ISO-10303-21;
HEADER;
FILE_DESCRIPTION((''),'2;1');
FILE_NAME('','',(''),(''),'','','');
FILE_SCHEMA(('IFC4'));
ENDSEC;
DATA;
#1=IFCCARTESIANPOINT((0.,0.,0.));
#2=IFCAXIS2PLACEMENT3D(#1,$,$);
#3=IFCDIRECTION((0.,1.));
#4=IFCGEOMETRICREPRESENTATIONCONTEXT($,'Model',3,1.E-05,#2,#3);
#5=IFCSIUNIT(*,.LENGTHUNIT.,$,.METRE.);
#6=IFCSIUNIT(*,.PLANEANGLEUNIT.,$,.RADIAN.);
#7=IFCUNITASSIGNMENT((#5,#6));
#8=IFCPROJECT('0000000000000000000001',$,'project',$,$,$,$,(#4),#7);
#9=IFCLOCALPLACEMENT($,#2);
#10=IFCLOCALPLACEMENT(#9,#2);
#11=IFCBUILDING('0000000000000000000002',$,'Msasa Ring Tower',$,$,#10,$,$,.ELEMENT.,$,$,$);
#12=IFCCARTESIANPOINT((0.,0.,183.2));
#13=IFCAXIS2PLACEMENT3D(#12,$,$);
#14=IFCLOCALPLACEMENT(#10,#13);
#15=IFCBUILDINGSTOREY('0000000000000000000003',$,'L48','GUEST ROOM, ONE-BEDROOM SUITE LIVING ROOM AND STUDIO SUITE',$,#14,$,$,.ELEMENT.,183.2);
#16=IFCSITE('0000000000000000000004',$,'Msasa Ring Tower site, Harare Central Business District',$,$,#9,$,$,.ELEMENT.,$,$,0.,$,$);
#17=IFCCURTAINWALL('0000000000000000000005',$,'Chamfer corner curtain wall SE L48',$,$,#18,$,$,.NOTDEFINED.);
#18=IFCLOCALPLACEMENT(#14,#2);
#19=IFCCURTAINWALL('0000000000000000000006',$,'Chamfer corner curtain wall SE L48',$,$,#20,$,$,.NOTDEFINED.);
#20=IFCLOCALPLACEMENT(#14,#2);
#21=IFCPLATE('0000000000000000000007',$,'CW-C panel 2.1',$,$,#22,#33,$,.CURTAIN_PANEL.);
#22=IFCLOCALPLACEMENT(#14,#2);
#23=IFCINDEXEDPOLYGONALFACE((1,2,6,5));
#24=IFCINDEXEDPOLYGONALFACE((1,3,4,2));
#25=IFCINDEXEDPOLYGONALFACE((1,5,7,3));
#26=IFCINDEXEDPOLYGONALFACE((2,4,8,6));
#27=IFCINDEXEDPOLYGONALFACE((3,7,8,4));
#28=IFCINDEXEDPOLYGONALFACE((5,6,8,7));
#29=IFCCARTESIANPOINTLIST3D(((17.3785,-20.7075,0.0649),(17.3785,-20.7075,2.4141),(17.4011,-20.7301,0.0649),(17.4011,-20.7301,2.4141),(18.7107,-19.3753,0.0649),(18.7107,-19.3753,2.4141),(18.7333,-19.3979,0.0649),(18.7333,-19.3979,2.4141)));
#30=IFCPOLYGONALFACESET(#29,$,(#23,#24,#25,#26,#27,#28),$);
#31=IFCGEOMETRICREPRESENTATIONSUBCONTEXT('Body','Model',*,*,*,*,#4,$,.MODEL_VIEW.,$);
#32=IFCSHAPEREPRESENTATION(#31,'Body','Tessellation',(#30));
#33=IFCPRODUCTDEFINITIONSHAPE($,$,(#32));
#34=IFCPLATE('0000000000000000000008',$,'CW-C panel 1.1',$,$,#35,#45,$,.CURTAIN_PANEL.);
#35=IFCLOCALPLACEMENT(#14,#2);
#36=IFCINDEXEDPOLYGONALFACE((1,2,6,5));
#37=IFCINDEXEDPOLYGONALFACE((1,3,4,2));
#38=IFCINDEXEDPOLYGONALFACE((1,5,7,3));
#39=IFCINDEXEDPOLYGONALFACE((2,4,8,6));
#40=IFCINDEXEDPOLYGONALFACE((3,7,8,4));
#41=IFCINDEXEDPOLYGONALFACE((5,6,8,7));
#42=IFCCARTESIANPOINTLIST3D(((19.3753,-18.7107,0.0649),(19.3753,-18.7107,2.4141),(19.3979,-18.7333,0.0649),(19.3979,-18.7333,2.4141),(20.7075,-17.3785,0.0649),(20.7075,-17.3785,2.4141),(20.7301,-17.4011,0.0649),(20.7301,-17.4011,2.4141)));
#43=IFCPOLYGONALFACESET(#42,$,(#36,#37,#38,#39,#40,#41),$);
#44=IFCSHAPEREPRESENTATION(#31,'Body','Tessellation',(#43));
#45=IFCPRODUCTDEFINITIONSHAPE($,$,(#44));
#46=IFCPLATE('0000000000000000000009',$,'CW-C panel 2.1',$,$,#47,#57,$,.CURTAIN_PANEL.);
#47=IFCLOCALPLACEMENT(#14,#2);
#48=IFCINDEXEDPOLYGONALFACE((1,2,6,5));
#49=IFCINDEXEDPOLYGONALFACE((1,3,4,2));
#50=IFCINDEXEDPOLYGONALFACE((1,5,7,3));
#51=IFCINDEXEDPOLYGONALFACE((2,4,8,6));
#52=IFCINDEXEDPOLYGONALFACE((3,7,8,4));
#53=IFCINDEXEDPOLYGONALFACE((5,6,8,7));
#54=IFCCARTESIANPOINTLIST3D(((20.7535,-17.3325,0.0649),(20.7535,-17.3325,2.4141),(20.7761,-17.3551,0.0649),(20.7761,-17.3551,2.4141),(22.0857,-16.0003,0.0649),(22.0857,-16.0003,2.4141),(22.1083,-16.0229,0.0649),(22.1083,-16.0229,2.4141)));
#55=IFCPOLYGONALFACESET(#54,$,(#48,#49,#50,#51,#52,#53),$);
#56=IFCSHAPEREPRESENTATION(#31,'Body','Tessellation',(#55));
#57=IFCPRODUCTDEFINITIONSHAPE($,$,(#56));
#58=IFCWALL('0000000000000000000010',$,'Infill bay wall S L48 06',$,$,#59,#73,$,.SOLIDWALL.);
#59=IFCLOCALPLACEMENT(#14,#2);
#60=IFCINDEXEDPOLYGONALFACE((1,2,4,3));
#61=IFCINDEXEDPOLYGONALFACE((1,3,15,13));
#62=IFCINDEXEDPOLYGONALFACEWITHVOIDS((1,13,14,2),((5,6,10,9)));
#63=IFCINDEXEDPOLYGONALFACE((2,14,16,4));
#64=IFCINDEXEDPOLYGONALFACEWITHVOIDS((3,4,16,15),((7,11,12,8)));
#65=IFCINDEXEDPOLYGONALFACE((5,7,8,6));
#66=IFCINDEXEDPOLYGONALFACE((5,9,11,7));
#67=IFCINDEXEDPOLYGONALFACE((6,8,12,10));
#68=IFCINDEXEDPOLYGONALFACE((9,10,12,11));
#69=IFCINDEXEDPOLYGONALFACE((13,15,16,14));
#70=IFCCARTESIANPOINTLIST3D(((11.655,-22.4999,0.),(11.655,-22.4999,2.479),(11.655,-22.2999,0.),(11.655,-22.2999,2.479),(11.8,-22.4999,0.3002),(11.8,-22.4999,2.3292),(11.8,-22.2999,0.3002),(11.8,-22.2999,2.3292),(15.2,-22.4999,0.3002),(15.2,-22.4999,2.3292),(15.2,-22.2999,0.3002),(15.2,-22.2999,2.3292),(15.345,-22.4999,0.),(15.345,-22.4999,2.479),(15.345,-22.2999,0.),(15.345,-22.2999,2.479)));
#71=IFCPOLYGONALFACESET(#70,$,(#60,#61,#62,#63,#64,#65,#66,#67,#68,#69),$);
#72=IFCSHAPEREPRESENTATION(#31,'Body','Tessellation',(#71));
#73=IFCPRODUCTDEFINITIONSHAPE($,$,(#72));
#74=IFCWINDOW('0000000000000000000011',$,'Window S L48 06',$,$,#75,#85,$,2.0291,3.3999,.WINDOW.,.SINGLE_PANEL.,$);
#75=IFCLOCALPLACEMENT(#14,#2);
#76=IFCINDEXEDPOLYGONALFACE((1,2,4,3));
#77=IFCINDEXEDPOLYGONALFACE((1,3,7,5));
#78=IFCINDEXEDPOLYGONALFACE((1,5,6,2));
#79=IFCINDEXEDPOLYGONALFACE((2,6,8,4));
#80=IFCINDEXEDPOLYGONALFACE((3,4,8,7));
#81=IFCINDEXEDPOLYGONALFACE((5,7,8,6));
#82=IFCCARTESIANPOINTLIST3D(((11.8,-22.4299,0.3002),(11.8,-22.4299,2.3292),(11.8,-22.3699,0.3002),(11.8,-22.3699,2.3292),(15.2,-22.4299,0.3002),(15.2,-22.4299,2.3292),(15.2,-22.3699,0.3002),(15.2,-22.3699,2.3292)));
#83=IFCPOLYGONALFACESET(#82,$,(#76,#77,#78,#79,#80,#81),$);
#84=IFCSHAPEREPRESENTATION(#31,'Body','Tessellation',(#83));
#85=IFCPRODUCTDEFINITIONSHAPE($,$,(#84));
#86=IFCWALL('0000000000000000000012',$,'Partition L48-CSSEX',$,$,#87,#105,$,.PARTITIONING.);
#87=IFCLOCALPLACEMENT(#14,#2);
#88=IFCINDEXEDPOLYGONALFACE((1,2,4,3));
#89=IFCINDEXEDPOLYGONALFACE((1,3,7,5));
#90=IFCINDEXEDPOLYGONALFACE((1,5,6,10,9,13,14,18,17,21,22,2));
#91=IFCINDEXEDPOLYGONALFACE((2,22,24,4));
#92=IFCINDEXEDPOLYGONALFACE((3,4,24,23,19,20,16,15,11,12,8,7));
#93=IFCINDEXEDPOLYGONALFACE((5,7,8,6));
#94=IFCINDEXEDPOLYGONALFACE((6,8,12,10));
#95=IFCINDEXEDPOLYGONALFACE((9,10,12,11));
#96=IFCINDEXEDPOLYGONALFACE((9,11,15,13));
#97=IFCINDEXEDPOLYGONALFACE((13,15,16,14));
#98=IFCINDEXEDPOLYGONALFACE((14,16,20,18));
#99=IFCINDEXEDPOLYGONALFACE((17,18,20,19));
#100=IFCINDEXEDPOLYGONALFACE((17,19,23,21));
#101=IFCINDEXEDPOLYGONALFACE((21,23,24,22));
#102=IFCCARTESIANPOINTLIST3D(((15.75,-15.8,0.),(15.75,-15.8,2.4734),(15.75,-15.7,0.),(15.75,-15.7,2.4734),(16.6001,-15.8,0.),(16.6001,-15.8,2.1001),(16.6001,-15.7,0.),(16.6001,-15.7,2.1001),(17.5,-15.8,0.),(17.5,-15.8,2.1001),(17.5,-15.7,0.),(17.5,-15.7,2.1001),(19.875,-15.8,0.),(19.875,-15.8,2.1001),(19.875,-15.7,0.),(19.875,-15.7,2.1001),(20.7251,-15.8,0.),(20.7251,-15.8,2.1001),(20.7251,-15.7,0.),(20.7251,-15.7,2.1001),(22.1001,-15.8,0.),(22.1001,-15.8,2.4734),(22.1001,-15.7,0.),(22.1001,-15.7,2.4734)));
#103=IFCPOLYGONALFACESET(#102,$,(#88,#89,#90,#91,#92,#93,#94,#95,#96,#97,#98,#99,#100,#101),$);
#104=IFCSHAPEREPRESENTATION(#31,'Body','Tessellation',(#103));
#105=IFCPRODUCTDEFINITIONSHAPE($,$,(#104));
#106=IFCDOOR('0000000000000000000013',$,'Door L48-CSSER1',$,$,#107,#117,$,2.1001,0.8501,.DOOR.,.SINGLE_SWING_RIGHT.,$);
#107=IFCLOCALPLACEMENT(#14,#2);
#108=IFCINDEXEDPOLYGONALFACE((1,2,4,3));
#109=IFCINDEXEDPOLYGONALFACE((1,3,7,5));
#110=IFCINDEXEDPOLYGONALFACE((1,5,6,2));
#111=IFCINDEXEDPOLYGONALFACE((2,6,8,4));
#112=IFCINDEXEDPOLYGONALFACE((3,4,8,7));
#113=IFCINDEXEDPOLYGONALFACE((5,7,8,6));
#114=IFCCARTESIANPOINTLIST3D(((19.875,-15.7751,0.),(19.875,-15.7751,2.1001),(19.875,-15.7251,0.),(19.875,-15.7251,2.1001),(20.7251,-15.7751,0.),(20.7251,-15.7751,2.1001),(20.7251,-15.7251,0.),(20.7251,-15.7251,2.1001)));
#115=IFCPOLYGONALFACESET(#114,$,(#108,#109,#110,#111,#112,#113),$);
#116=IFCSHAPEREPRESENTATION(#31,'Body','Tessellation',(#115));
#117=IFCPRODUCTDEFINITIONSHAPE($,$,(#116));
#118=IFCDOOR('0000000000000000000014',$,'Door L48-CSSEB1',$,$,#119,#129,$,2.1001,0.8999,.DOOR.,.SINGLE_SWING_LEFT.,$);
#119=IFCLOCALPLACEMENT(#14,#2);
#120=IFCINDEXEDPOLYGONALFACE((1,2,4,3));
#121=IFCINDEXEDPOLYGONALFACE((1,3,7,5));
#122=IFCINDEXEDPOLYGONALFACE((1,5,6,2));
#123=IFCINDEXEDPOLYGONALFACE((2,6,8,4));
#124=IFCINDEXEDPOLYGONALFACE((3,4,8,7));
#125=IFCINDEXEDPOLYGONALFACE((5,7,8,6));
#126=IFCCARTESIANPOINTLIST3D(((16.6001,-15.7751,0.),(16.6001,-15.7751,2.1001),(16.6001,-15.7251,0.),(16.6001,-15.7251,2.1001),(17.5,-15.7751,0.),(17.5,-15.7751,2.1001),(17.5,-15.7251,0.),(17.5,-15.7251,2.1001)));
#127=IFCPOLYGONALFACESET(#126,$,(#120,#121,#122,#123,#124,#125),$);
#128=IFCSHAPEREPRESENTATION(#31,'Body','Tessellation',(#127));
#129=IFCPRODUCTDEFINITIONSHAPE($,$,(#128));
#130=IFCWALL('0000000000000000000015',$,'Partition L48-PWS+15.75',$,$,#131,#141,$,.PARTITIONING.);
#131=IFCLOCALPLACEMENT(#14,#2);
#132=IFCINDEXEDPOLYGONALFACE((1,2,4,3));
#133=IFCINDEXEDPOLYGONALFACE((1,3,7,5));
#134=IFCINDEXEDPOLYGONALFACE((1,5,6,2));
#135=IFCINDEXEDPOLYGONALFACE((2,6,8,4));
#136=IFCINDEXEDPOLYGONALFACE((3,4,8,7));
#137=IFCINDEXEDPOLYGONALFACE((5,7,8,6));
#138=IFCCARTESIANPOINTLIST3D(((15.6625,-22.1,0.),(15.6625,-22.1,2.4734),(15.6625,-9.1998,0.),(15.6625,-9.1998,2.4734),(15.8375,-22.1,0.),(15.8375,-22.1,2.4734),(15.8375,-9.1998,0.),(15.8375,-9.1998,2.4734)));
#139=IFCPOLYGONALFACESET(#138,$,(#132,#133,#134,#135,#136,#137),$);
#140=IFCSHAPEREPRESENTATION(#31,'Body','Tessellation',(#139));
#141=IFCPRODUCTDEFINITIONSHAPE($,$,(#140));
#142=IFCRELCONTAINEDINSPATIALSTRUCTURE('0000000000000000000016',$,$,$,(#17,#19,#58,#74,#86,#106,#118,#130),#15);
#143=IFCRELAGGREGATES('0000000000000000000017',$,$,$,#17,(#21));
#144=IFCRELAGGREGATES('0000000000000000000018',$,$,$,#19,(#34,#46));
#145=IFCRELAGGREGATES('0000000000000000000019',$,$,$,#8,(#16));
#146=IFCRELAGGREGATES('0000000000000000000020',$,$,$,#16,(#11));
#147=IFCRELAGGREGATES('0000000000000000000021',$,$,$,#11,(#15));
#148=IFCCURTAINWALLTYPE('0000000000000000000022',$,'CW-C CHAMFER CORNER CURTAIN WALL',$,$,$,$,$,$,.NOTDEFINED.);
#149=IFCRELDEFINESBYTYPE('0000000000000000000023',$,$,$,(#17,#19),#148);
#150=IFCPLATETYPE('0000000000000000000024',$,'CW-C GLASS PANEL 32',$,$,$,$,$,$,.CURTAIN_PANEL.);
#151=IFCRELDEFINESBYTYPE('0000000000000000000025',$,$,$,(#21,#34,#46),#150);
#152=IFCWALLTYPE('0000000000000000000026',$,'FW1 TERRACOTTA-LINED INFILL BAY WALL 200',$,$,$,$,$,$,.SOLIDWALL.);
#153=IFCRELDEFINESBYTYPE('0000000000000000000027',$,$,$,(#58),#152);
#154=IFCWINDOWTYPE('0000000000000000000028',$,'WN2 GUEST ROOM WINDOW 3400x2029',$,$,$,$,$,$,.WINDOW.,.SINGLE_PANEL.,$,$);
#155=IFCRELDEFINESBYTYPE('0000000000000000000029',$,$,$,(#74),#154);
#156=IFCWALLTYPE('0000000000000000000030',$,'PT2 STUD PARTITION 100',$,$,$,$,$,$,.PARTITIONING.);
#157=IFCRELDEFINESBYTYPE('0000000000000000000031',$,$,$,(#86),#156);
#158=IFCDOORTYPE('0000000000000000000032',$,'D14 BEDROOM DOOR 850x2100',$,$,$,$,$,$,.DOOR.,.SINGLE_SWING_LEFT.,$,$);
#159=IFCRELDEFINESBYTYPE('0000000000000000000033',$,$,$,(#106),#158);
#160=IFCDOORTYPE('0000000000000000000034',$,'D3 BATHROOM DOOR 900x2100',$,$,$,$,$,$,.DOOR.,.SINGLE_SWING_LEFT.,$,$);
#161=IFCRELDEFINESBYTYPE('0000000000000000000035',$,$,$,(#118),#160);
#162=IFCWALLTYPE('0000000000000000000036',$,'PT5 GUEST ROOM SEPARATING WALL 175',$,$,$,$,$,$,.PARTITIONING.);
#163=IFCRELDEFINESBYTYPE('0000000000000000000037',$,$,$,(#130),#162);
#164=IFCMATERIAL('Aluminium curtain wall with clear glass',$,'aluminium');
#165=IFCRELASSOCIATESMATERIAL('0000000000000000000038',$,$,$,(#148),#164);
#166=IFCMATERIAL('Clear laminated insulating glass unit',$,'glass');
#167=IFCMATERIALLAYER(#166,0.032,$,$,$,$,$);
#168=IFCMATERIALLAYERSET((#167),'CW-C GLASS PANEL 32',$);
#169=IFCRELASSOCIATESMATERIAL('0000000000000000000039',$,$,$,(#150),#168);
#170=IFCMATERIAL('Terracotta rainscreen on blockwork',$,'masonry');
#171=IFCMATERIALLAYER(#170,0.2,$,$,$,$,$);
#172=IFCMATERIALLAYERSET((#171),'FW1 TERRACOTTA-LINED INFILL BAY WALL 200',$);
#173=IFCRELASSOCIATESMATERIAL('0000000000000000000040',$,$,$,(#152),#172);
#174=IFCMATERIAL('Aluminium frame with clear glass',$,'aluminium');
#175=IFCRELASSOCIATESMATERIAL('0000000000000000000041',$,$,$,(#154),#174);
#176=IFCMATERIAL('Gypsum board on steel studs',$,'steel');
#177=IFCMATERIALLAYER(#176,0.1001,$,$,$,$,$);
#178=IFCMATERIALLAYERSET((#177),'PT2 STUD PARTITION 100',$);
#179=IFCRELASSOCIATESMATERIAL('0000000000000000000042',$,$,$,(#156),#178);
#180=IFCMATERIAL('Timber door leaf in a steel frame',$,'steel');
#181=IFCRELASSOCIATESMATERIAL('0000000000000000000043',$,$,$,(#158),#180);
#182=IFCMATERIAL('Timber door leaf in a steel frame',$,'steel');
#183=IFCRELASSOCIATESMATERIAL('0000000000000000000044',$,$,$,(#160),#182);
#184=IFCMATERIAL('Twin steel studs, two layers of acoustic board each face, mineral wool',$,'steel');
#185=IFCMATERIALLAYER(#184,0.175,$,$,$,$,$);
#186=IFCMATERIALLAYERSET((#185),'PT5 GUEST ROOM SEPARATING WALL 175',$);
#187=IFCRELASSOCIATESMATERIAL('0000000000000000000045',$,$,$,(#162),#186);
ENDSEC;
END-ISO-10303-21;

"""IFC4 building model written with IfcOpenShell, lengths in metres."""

from ifc_helpers import new_model, si_unit, direction, frame, frame_2d, origin, origin_2d, place, context, subcontext, project, spatial, rectangle, extrude, material, layer, layer_set, type_object, element, fill, aggregate, save


model = new_model("IFC4")

# Units and contexts
model_context = context("Model", 3, precision=1e-05, world=origin(), true_north=direction((0.0, 1.0)))
body_context = subcontext(model_context, "Body", "Model", "MODEL_VIEW")
ifc_project = project(units=[si_unit("LENGTHUNIT", "METRE"), si_unit("PLANEANGLEUNIT", "RADIAN")], contexts=[model_context])

# Site, building, storey
site_placement = place(None, origin())
site = spatial("IfcSite", under=ifc_project, at=site_placement, Name="Msasa Ring Tower site, Harare Central Business District", CompositionType="ELEMENT", RefElevation=0.0)
building_placement = place(site_placement, origin())
building = spatial("IfcBuilding", under=site, at=building_placement, Name="Msasa Ring Tower", CompositionType="ELEMENT")
storey_placement = place(building_placement, frame((0.0, 0.0, 183.2)))
storey = spatial("IfcBuildingStorey", under=building, at=storey_placement, Name="L48", Description="GUEST ROOM, ONE-BEDROOM SUITE LIVING ROOM AND STUDIO SUITE", CompositionType="ELEMENT", Elevation=183.2)

# Curtain walls
ifc_material_1 = material(Name="Aluminium curtain wall with clear glass", Category="aluminium")
curtain_wall_type = type_object("IfcCurtainWallType", Name="CW-C CHAMFER CORNER CURTAIN WALL", PredefinedType="NOTDEFINED", material=ifc_material_1)
curtain_wall_1_placement = place(storey_placement, origin())
curtain_wall_1 = element("IfcCurtainWall", 1, at=curtain_wall_1_placement, inside=storey, type_object=curtain_wall_type, Name="Chamfer corner curtain wall SE L48", PredefinedType="NOTDEFINED")
curtain_wall_2_placement = place(storey_placement, origin())
curtain_wall_2 = element("IfcCurtainWall", 2, at=curtain_wall_2_placement, inside=storey, type_object=curtain_wall_type, Name="Chamfer corner curtain wall SE L48", PredefinedType="NOTDEFINED")

# Plates
ifc_material_2 = material(Name="Clear laminated insulating glass unit", Category="glass")
ifc_layer_1 = layer(ifc_material_2, 0.032)
ifc_layer_set_1 = layer_set([ifc_layer_1], Name="CW-C GLASS PANEL 32")
plate_type = type_object("IfcPlateType", Name="CW-C GLASS PANEL 32", PredefinedType="CURTAIN_PANEL", material=ifc_layer_set_1)
plate_1_placement = place(storey_placement, frame((18.0559, -20.0527, 0.0649), z_axis=(0.0, 0.0, 1.0), x_axis=(0.707107, 0.707107, 0.0)))
plate_1 = element("IfcPlate", 3, at=plate_1_placement, type_object=plate_type, Name="CW-C panel 2.1", PredefinedType="CURTAIN_PANEL", context=body_context, shape_type="SweptSolid", body=[
    extrude(rectangle(XDim=1.884, YDim=0.032, at=origin_2d()), origin(), (0.0, 0.0, 1.0), 2.3491),
])
aggregate(curtain_wall_1, [plate_1])
plate_2_placement = place(storey_placement, frame((20.0527, -18.0559, 0.0649), z_axis=(0.0, 0.0, 1.0), x_axis=(0.707107, 0.707107, 0.0)))
plate_2 = element("IfcPlate", 4, at=plate_2_placement, type_object=plate_type, Name="CW-C panel 1.1", PredefinedType="CURTAIN_PANEL", context=body_context, shape_type="SweptSolid", body=[
    extrude(rectangle(XDim=1.884, YDim=0.032, at=origin_2d()), origin(), (0.0, 0.0, 1.0), 2.3491),
])
plate_3_placement = place(storey_placement, frame((21.4309, -16.6777, 0.0649), z_axis=(0.0, 0.0, 1.0), x_axis=(0.707107, 0.707107, 0.0)))
plate_3 = element("IfcPlate", 5, at=plate_3_placement, type_object=plate_type, Name="CW-C panel 2.1", PredefinedType="CURTAIN_PANEL", context=body_context, shape_type="SweptSolid", body=[
    extrude(rectangle(XDim=1.884, YDim=0.032, at=origin_2d()), origin(), (0.0, 0.0, 1.0), 2.3491),
])
aggregate(curtain_wall_2, [plate_2, plate_3])

# Wall, opening, window
ifc_material_3 = material(Name="Terracotta rainscreen on blockwork", Category="masonry")
ifc_layer_2 = layer(ifc_material_3, 0.2)
ifc_layer_set_2 = layer_set([ifc_layer_2], Name="FW1 TERRACOTTA-LINED INFILL BAY WALL 200")
wall_type_1 = type_object("IfcWallType", Name="FW1 TERRACOTTA-LINED INFILL BAY WALL 200", PredefinedType="SOLIDWALL", material=ifc_layer_set_2)
wall_1_placement = place(storey_placement, frame((11.655, -22.3999, 0.0), z_axis=(0.0, 0.0, 1.0), x_axis=(1.0, 0.0, 0.0)))
wall_1 = element("IfcWall", 6, at=wall_1_placement, inside=storey, type_object=wall_type_1, Name="Infill bay wall S L48 06", PredefinedType="SOLIDWALL", context=body_context, shape_type="SweptSolid", body=[
    extrude(rectangle(XDim=3.6899, YDim=0.2, at=frame_2d((1.845, 0.0))), origin(), (0.0, 0.0, 1.0), 2.479),
])
opening_1_placement = place(wall_1_placement, frame((0.145, 0.0, 0.3)))
opening_1 = element("IfcOpeningElement", 7, at=opening_1_placement, cuts=wall_1, PredefinedType="OPENING", context=body_context, shape_type="SweptSolid", body=[
    extrude(rectangle(XDim=3.3999, YDim=2.0291, at=frame_2d((1.7, 1.0146))), frame((0.0, 0.1099, 0.0), z_axis=(0.0, -1.0, 0.0), x_axis=(1.0, 0.0, 0.0)), (0.0, 0.0, 1.0), 0.22),
])
ifc_material_4 = material(Name="Aluminium frame with clear glass", Category="aluminium")
window_type = type_object("IfcWindowType", Name="WN2 GUEST ROOM WINDOW 3400x2029", PartitioningType="SINGLE_PANEL", PredefinedType="WINDOW", material=ifc_material_4)
window_placement = place(opening_1_placement, origin())
window = element("IfcWindow", 8, at=window_placement, inside=storey, type_object=window_type, Name="Window S L48 06", OverallHeight=2.0291, OverallWidth=3.3999, PartitioningType="SINGLE_PANEL", PredefinedType="WINDOW", context=body_context, shape_type="SweptSolid", body=[
    extrude(rectangle(XDim=3.3999, YDim=2.0291, at=frame_2d((1.7, 1.0146))), frame((0.0, 0.03, 0.0), z_axis=(0.0, -1.0, 0.0), x_axis=(1.0, 0.0, 0.0)), (0.0, 0.0, 1.0), 0.0601),
])
fill(opening_1, window)

# Wall, openings, doors
ifc_material_5 = material(Name="Gypsum board on steel studs", Category="steel")
ifc_layer_3 = layer(ifc_material_5, 0.1001)
ifc_layer_set_3 = layer_set([ifc_layer_3], Name="PT2 STUD PARTITION 100")
wall_type_2 = type_object("IfcWallType", Name="PT2 STUD PARTITION 100", PredefinedType="PARTITIONING", material=ifc_layer_set_3)
wall_2_placement = place(storey_placement, frame((15.75, -15.75, 0.0), z_axis=(0.0, 0.0, 1.0), x_axis=(1.0, 0.0, 0.0)))
wall_2 = element("IfcWall", 9, at=wall_2_placement, inside=storey, type_object=wall_type_2, Name="Partition L48-CSSEX", PredefinedType="PARTITIONING", context=body_context, shape_type="SweptSolid", body=[
    extrude(rectangle(XDim=6.3501, YDim=0.1001, at=frame_2d((3.175, 0.0))), origin(), (0.0, 0.0, 1.0), 2.4734),
])
opening_2_placement = place(wall_2_placement, frame((4.125, 0.0, 0.0)))
opening_2 = element("IfcOpeningElement", 10, at=opening_2_placement, cuts=wall_2, PredefinedType="OPENING", context=body_context, shape_type="SweptSolid", body=[
    extrude(rectangle(XDim=0.8501, YDim=2.1001, at=frame_2d((0.425, 1.05))), frame((0.0, 0.0601, 0.0), z_axis=(0.0, -1.0, 0.0), x_axis=(1.0, 0.0, 0.0)), (0.0, 0.0, 1.0), 0.1201),
])
opening_3_placement = place(wall_2_placement, frame((0.8501, 0.0, 0.0)))
opening_3 = element("IfcOpeningElement", 11, at=opening_3_placement, cuts=wall_2, PredefinedType="OPENING", context=body_context, shape_type="SweptSolid", body=[
    extrude(rectangle(XDim=0.8999, YDim=2.1001, at=frame_2d((0.45, 1.05))), frame((0.0, 0.0601, 0.0), z_axis=(0.0, -1.0, 0.0), x_axis=(1.0, 0.0, 0.0)), (0.0, 0.0, 1.0), 0.1201),
])
ifc_material_6 = material(Name="Timber door leaf in a steel frame", Category="steel")
door_type_1 = type_object("IfcDoorType", Name="D14 BEDROOM DOOR 850x2100", OperationType="SINGLE_SWING_LEFT", PredefinedType="DOOR", material=ifc_material_6)
door_1_placement = place(opening_2_placement, origin())
door_1 = element("IfcDoor", 12, at=door_1_placement, inside=storey, type_object=door_type_1, Name="Door L48-CSSER1", OperationType="SINGLE_SWING_RIGHT", OverallHeight=2.1001, OverallWidth=0.8501, PredefinedType="DOOR", context=body_context, shape_type="SweptSolid", body=[
    extrude(rectangle(XDim=0.8501, YDim=2.1001, at=frame_2d((0.425, 1.05))), frame((0.0, 0.0249, 0.0), z_axis=(0.0, -1.0, 0.0), x_axis=(1.0, 0.0, 0.0)), (0.0, 0.0, 1.0), 0.05),
])
fill(opening_2, door_1)
ifc_material_7 = material(Name="Timber door leaf in a steel frame", Category="steel")
door_type_2 = type_object("IfcDoorType", Name="D3 BATHROOM DOOR 900x2100", OperationType="SINGLE_SWING_LEFT", PredefinedType="DOOR", material=ifc_material_7)
door_2_placement = place(opening_3_placement, origin())
door_2 = element("IfcDoor", 13, at=door_2_placement, inside=storey, type_object=door_type_2, Name="Door L48-CSSEB1", OperationType="SINGLE_SWING_LEFT", OverallHeight=2.1001, OverallWidth=0.8999, PredefinedType="DOOR", context=body_context, shape_type="SweptSolid", body=[
    extrude(rectangle(XDim=0.8999, YDim=2.1001, at=frame_2d((0.45, 1.05))), frame((0.0, 0.0249, 0.0), z_axis=(0.0, -1.0, 0.0), x_axis=(1.0, 0.0, 0.0)), (0.0, 0.0, 1.0), 0.05),
])
fill(opening_3, door_2)

# Wall
ifc_material_8 = material(Name="Twin steel studs, two layers of acoustic board each face, mineral wool", Category="steel")
ifc_layer_4 = layer(ifc_material_8, 0.175)
ifc_layer_set_4 = layer_set([ifc_layer_4], Name="PT5 GUEST ROOM SEPARATING WALL 175")
wall_type_3 = type_object("IfcWallType", Name="PT5 GUEST ROOM SEPARATING WALL 175", PredefinedType="PARTITIONING", material=ifc_layer_set_4)
wall_3_placement = place(storey_placement, frame((15.75, -22.1001, 0.0), z_axis=(0.0, 0.0, 1.0), x_axis=(0.0, 1.0, 0.0)))
element("IfcWall", 14, at=wall_3_placement, inside=storey, type_object=wall_type_3, Name="Partition L48-PWS+15.75", PredefinedType="PARTITIONING", context=body_context, shape_type="SweptSolid", body=[
    extrude(rectangle(XDim=12.9001, YDim=0.175, at=frame_2d((6.4502, 0.0))), origin(), (0.0, 0.0, 1.0), 2.4734),
])

save(model, "model.ifc")
